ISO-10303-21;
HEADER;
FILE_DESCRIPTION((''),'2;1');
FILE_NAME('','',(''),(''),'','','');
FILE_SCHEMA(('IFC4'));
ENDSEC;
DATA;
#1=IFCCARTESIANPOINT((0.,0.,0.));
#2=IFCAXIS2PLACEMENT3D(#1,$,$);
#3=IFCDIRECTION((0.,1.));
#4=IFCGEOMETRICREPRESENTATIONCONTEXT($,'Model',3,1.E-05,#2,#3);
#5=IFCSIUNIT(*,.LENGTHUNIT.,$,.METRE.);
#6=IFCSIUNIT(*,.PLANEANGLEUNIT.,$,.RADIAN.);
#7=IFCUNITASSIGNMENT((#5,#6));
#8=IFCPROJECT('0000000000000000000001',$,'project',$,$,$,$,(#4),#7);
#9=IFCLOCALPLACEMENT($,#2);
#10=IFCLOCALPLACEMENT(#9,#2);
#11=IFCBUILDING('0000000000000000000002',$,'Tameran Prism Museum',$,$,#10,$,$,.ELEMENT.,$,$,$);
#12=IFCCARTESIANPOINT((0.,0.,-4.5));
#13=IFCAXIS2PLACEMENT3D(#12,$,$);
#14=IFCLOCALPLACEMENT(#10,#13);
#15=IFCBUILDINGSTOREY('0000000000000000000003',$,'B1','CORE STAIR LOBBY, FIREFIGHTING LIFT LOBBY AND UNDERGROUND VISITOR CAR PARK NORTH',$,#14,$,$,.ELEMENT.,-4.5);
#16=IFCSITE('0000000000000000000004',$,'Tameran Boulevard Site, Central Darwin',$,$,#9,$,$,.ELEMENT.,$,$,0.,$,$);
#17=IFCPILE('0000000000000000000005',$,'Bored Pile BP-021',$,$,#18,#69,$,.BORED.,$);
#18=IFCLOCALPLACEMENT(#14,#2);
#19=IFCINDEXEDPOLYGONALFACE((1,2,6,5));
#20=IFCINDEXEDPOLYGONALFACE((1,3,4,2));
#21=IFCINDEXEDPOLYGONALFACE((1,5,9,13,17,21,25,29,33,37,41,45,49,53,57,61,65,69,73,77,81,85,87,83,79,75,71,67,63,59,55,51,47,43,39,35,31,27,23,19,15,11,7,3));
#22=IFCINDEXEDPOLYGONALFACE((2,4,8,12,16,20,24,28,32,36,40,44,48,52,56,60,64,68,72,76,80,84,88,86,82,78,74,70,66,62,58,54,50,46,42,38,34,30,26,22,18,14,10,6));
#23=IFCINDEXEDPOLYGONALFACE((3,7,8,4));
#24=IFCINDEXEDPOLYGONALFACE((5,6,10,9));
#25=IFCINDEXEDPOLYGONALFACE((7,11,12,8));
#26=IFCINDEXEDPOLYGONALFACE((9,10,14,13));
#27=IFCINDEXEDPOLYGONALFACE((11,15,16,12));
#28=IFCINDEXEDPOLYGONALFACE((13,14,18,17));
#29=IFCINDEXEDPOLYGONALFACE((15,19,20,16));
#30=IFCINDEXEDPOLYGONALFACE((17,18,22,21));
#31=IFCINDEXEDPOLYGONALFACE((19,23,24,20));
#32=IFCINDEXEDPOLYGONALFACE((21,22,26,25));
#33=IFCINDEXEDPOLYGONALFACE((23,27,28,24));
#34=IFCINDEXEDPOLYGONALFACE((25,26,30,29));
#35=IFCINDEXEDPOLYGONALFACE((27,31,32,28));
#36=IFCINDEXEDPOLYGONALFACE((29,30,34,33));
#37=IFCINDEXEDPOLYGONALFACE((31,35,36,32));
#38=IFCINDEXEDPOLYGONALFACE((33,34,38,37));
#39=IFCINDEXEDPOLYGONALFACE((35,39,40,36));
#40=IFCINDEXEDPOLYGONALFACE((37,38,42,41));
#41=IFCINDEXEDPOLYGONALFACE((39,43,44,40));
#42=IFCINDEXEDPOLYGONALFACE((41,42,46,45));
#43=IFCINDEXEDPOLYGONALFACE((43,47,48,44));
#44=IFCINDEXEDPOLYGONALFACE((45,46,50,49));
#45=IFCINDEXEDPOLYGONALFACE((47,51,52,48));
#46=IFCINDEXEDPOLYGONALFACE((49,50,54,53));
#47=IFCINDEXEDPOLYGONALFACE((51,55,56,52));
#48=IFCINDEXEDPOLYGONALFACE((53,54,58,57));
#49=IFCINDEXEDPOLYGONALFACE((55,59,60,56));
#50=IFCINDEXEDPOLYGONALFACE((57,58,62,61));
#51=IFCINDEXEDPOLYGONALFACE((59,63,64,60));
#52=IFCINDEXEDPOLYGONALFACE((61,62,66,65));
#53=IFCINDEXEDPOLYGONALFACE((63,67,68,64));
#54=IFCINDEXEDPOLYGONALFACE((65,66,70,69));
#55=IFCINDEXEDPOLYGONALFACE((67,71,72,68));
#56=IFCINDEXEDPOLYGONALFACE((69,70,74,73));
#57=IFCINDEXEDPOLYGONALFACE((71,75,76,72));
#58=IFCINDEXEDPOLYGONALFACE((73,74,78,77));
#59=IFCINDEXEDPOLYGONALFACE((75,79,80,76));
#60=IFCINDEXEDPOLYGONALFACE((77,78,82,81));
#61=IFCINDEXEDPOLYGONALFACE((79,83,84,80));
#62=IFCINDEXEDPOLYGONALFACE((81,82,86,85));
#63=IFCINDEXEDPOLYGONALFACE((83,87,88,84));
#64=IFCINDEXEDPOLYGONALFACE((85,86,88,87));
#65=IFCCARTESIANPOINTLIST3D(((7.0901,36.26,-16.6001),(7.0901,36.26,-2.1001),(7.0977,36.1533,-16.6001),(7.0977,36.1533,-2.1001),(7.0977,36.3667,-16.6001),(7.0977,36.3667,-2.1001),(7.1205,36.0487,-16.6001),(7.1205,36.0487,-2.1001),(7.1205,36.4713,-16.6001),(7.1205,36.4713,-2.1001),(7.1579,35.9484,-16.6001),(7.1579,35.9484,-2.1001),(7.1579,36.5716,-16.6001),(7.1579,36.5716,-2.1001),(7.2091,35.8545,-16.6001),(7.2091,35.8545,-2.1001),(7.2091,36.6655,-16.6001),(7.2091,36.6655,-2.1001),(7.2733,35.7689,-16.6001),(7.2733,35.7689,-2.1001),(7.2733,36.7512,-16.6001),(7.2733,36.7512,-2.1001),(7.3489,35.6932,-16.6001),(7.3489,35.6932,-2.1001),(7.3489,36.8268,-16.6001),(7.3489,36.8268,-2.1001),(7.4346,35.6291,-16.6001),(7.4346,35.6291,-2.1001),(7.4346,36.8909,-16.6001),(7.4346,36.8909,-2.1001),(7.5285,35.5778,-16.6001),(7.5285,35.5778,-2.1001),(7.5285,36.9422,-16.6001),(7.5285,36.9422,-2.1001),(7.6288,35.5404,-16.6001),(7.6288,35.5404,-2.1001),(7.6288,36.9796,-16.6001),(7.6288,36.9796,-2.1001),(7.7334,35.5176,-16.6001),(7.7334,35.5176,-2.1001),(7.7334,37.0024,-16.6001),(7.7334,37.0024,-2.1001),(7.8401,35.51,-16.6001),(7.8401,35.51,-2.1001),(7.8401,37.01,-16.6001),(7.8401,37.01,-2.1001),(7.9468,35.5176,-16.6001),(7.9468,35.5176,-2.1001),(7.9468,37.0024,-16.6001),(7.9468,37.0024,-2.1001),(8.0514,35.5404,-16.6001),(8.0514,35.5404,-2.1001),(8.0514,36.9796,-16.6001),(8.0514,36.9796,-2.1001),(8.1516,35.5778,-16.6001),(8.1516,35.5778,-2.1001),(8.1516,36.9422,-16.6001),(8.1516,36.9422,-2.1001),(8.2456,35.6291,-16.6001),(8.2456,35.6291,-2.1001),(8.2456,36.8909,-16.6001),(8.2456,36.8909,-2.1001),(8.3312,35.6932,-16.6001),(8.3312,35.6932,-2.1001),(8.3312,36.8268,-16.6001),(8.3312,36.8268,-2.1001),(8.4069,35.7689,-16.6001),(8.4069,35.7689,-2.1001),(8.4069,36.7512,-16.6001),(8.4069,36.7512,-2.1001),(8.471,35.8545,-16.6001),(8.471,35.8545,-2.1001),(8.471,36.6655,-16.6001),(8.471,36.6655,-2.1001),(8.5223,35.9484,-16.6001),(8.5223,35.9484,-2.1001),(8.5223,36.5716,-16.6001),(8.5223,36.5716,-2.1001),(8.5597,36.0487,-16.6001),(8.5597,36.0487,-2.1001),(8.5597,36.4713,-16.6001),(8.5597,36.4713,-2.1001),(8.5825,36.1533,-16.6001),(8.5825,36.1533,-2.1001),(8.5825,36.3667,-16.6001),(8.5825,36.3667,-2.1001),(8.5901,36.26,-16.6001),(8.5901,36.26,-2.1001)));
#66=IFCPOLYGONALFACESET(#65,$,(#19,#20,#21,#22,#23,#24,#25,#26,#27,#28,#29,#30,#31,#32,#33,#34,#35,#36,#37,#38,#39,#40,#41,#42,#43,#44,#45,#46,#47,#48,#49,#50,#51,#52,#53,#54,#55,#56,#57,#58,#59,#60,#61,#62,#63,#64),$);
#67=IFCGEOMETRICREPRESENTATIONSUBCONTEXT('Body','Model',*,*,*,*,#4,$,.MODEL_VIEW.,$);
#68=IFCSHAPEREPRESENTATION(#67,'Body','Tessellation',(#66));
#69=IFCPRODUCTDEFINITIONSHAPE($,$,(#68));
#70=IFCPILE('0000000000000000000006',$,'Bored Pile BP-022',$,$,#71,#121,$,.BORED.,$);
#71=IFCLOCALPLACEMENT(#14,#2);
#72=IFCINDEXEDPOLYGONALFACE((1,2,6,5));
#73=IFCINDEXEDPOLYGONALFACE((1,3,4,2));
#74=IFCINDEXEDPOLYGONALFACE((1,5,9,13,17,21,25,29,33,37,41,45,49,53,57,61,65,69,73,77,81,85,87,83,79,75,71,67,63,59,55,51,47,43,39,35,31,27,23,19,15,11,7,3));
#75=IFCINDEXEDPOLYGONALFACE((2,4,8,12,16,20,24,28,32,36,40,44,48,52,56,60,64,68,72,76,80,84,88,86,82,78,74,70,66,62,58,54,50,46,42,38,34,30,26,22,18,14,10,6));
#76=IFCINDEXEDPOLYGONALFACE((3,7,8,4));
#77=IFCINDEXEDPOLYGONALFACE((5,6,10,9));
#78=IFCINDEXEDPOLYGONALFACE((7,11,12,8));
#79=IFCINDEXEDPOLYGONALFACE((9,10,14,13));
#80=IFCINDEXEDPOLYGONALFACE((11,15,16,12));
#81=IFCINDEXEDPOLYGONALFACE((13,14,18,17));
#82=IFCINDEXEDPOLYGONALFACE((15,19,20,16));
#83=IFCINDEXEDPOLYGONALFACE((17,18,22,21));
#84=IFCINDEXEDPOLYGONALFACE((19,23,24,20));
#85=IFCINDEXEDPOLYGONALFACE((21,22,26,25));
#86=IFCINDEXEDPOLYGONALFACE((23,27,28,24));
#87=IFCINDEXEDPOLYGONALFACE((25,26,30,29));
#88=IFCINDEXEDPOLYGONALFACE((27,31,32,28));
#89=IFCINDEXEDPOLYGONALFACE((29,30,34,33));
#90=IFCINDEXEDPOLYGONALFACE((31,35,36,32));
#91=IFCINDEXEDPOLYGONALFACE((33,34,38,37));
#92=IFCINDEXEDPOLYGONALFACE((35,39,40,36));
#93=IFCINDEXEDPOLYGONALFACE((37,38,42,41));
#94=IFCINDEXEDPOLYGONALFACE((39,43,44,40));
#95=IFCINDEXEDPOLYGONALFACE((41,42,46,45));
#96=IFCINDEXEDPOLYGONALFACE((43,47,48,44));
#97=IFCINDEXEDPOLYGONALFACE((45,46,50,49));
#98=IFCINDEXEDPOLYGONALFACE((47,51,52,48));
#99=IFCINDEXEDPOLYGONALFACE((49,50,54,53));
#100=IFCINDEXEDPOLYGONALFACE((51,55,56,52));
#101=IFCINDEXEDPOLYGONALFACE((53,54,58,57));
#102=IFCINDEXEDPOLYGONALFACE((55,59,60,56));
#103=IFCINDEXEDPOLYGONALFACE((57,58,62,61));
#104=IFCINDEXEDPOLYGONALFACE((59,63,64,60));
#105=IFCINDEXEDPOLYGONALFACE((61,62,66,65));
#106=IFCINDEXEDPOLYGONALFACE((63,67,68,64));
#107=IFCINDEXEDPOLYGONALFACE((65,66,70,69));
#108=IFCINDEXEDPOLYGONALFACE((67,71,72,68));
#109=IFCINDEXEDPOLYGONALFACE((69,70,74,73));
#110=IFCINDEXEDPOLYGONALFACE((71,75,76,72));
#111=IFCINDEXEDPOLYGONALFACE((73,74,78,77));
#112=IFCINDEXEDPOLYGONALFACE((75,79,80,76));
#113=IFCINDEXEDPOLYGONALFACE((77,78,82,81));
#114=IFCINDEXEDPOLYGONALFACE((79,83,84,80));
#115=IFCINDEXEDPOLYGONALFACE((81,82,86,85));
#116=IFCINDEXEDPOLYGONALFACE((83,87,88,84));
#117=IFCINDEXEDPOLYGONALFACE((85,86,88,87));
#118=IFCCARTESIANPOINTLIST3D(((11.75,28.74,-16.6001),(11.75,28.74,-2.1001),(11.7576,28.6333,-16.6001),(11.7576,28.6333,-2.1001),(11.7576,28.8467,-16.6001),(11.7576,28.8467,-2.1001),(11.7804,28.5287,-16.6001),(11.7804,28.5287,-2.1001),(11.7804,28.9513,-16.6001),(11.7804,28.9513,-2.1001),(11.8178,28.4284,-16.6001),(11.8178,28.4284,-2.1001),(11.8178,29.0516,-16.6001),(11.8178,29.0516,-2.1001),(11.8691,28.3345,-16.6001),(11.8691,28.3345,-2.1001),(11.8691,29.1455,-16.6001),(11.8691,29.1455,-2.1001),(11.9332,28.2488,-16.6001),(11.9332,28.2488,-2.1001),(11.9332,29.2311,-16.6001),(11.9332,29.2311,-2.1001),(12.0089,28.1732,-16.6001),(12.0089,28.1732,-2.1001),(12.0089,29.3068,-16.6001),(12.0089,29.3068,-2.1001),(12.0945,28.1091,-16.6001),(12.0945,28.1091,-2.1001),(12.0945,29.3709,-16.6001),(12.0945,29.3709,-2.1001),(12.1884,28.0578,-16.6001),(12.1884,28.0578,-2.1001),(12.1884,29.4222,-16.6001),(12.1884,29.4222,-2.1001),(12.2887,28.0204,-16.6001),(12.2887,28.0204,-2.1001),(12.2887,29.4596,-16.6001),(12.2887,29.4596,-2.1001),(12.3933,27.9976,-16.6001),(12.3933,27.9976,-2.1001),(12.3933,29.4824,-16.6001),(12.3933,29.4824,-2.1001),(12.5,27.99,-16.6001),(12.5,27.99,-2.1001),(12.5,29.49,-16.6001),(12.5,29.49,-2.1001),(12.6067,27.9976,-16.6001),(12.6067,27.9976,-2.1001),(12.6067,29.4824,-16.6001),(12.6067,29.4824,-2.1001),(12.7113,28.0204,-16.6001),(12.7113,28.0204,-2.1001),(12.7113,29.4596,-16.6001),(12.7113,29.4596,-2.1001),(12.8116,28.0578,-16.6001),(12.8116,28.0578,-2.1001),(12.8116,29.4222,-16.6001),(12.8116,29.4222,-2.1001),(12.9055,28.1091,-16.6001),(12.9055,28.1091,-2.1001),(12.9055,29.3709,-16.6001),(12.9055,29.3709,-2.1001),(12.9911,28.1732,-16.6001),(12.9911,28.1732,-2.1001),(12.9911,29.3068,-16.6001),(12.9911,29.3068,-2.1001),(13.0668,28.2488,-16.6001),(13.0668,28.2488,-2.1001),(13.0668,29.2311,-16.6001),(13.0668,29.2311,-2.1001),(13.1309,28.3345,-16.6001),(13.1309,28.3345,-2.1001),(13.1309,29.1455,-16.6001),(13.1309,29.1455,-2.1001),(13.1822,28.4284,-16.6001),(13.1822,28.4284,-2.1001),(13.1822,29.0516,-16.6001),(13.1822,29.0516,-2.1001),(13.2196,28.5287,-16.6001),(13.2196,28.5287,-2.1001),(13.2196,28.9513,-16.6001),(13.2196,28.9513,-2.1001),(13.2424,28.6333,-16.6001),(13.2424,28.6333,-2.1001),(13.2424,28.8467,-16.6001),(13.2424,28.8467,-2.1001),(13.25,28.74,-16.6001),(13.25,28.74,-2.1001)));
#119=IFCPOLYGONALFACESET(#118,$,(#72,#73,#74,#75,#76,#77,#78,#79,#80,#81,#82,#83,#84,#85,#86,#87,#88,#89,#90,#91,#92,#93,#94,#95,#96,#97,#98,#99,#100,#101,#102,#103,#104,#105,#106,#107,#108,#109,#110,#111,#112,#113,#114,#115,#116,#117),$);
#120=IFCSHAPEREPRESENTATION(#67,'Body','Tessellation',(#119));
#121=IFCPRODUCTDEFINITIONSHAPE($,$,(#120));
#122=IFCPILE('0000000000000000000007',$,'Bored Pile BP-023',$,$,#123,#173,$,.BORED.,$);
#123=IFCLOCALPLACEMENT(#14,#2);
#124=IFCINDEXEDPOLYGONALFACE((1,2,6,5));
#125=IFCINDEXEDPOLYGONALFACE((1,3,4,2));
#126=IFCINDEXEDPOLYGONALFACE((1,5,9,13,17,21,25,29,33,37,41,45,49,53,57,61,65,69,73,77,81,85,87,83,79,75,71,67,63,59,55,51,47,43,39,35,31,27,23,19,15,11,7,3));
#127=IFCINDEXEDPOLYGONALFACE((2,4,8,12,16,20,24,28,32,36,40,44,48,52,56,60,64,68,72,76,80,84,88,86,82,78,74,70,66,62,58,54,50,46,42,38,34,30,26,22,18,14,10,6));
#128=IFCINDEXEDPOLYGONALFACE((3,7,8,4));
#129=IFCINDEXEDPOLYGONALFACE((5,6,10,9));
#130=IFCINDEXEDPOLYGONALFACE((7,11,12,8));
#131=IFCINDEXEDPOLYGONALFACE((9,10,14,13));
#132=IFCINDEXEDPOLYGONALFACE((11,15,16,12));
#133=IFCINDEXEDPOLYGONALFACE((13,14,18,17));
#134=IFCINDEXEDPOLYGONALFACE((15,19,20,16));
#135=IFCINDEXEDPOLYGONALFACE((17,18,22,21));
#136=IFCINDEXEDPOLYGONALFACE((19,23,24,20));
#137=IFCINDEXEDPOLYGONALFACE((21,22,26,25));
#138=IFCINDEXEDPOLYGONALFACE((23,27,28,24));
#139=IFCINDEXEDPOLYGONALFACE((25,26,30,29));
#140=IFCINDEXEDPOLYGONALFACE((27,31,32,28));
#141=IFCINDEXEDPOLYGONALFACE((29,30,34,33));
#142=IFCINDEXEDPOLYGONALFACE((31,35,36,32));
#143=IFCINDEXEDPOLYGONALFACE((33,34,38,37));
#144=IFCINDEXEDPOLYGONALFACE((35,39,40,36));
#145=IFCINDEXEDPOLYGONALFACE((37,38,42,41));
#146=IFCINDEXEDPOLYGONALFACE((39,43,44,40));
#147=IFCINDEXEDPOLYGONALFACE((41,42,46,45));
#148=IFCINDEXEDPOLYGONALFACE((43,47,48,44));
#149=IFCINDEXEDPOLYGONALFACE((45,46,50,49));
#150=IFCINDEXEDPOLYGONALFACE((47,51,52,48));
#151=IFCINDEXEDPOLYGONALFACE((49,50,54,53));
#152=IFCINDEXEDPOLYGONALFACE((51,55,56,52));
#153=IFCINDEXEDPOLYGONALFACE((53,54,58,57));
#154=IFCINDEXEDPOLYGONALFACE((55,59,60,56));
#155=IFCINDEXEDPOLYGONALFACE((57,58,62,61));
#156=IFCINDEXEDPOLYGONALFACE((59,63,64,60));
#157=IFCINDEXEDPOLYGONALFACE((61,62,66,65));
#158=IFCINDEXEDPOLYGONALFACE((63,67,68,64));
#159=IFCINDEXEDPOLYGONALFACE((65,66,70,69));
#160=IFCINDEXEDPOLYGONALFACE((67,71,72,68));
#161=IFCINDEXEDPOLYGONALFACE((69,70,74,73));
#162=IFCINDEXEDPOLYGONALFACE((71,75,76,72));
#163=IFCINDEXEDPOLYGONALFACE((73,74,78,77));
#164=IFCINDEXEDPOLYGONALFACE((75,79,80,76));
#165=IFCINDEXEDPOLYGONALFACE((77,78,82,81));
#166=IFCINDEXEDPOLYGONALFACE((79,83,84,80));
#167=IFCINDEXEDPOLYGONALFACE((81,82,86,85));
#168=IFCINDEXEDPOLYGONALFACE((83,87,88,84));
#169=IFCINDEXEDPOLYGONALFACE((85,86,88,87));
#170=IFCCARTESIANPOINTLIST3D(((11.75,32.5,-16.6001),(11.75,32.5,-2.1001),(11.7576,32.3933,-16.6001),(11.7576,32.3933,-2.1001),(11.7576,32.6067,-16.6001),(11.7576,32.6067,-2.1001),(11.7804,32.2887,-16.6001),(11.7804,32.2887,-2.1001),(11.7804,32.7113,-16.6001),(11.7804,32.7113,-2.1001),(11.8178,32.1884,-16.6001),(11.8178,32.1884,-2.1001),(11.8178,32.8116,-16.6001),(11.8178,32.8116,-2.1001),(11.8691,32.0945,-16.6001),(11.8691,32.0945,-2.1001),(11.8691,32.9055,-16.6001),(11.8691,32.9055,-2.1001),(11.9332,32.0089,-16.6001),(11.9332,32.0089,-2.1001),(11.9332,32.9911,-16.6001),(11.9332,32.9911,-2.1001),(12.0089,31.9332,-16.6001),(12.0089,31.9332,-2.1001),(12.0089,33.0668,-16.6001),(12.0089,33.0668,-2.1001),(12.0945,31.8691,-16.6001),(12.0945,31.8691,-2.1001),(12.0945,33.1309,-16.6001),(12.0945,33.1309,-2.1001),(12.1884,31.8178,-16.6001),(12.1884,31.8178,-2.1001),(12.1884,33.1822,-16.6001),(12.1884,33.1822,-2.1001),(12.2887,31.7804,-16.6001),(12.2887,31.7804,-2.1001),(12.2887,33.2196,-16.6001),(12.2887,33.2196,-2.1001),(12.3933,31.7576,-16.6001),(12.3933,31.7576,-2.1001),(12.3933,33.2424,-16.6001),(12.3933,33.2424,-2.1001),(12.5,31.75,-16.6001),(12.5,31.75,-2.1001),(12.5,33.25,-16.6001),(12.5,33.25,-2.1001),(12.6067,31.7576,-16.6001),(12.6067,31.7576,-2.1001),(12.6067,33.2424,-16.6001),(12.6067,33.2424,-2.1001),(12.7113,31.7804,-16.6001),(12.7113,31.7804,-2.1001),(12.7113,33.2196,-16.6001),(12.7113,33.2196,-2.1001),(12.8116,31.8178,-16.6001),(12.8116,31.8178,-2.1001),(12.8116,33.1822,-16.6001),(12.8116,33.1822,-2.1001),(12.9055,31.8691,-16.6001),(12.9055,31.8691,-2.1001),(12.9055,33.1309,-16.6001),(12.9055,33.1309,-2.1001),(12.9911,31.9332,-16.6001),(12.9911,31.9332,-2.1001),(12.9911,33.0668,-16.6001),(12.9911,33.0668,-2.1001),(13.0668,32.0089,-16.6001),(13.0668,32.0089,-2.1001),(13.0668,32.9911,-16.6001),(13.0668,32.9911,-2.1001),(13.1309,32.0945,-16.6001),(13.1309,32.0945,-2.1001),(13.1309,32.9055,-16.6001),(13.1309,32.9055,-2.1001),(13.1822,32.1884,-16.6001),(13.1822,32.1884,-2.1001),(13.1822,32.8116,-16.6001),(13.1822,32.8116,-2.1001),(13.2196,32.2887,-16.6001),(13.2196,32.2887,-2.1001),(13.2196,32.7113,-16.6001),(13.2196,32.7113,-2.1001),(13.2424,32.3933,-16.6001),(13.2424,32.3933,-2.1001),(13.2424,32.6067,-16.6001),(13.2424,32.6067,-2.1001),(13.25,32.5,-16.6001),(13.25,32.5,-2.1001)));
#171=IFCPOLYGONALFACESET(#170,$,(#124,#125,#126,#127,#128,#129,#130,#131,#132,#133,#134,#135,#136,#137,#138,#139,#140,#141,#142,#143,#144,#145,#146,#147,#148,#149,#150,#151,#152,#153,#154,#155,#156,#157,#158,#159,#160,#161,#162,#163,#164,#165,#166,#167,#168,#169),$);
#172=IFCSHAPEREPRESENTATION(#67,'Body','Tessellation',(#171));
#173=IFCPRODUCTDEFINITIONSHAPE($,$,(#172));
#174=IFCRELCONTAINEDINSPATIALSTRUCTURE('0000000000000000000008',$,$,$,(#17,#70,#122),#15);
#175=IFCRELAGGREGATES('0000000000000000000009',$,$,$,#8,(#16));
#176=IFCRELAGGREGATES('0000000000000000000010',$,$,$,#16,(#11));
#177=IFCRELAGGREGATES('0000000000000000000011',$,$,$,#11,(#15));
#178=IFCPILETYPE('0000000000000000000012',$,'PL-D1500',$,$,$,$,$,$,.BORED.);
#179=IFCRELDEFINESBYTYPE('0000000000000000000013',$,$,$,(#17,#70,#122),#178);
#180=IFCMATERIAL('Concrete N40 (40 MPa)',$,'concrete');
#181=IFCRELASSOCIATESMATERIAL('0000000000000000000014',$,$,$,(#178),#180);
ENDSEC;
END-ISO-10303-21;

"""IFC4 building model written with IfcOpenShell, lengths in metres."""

from ifc_helpers import new_model, si_unit, direction, frame, origin, origin_2d, place, context, subcontext, project, spatial, circle, extrude, material, material_profile, profile_set, type_object, element, save


model = new_model("IFC4")

# Units and contexts
model_context = context("Model", 3, precision=1e-05, world=origin(), true_north=direction((0.0, 1.0)))
body_context = subcontext(model_context, "Body", "Model", "MODEL_VIEW")
ifc_project = project(units=[si_unit("LENGTHUNIT", "METRE"), si_unit("PLANEANGLEUNIT", "RADIAN")], contexts=[model_context])

# Site, building, storey
site_placement = place(None, origin())
site = spatial("IfcSite", under=ifc_project, at=site_placement, Name="Tameran Boulevard Site, Central Darwin", CompositionType="ELEMENT", RefElevation=0.0)
building_placement = place(site_placement, origin())
building = spatial("IfcBuilding", under=site, at=building_placement, Name="Tameran Prism Museum", CompositionType="ELEMENT")
storey_placement = place(building_placement, frame((0.0, 0.0, -4.5)))
storey = spatial("IfcBuildingStorey", under=building, at=storey_placement, Name="B1", Description="CORE STAIR LOBBY, FIREFIGHTING LIFT LOBBY AND UNDERGROUND VISITOR CAR PARK NORTH", CompositionType="ELEMENT", Elevation=-4.5)

# Piles
ifc_material_1 = material(Name="Concrete N40 (40 MPa)", Category="concrete")
ifc_material_profile_1 = material_profile(ifc_material_1, circle(Radius=0.75, at=origin_2d()))
ifc_profile_set_1 = profile_set([ifc_material_profile_1])
pile_type_1 = type_object("IfcPileType", Name="PL-D1500", PredefinedType="BORED", material=ifc_profile_set_1)
for number, where, z_axis, x_axis, name in (
    (1, (7.8401, 36.26, -2.1001), (0.0, 0.0, -1.0), (1.0, 0.0, 0.0), "Bored Pile BP-021"),
    (2, (12.5, 28.74, -2.1001), (0.0, 0.0, -1.0), (1.0, 0.0, 0.0), "Bored Pile BP-022"),
    (3, (12.5, 32.5, -2.1001), (0.0, 0.0, -1.0), (1.0, 0.0, 0.0), "Bored Pile BP-023"),
):
    element("IfcPile", number, at=place(storey_placement, frame(where, z_axis=z_axis, x_axis=x_axis)), inside=storey, type_object=pile_type_1, Name=name, PredefinedType="BORED", context=body_context, shape_type="SweptSolid", body=[
        extrude(circle(Radius=0.75, at=origin_2d()), origin(), (0.0, 0.0, 1.0), 14.5),
    ])

save(model, "model.ifc")
